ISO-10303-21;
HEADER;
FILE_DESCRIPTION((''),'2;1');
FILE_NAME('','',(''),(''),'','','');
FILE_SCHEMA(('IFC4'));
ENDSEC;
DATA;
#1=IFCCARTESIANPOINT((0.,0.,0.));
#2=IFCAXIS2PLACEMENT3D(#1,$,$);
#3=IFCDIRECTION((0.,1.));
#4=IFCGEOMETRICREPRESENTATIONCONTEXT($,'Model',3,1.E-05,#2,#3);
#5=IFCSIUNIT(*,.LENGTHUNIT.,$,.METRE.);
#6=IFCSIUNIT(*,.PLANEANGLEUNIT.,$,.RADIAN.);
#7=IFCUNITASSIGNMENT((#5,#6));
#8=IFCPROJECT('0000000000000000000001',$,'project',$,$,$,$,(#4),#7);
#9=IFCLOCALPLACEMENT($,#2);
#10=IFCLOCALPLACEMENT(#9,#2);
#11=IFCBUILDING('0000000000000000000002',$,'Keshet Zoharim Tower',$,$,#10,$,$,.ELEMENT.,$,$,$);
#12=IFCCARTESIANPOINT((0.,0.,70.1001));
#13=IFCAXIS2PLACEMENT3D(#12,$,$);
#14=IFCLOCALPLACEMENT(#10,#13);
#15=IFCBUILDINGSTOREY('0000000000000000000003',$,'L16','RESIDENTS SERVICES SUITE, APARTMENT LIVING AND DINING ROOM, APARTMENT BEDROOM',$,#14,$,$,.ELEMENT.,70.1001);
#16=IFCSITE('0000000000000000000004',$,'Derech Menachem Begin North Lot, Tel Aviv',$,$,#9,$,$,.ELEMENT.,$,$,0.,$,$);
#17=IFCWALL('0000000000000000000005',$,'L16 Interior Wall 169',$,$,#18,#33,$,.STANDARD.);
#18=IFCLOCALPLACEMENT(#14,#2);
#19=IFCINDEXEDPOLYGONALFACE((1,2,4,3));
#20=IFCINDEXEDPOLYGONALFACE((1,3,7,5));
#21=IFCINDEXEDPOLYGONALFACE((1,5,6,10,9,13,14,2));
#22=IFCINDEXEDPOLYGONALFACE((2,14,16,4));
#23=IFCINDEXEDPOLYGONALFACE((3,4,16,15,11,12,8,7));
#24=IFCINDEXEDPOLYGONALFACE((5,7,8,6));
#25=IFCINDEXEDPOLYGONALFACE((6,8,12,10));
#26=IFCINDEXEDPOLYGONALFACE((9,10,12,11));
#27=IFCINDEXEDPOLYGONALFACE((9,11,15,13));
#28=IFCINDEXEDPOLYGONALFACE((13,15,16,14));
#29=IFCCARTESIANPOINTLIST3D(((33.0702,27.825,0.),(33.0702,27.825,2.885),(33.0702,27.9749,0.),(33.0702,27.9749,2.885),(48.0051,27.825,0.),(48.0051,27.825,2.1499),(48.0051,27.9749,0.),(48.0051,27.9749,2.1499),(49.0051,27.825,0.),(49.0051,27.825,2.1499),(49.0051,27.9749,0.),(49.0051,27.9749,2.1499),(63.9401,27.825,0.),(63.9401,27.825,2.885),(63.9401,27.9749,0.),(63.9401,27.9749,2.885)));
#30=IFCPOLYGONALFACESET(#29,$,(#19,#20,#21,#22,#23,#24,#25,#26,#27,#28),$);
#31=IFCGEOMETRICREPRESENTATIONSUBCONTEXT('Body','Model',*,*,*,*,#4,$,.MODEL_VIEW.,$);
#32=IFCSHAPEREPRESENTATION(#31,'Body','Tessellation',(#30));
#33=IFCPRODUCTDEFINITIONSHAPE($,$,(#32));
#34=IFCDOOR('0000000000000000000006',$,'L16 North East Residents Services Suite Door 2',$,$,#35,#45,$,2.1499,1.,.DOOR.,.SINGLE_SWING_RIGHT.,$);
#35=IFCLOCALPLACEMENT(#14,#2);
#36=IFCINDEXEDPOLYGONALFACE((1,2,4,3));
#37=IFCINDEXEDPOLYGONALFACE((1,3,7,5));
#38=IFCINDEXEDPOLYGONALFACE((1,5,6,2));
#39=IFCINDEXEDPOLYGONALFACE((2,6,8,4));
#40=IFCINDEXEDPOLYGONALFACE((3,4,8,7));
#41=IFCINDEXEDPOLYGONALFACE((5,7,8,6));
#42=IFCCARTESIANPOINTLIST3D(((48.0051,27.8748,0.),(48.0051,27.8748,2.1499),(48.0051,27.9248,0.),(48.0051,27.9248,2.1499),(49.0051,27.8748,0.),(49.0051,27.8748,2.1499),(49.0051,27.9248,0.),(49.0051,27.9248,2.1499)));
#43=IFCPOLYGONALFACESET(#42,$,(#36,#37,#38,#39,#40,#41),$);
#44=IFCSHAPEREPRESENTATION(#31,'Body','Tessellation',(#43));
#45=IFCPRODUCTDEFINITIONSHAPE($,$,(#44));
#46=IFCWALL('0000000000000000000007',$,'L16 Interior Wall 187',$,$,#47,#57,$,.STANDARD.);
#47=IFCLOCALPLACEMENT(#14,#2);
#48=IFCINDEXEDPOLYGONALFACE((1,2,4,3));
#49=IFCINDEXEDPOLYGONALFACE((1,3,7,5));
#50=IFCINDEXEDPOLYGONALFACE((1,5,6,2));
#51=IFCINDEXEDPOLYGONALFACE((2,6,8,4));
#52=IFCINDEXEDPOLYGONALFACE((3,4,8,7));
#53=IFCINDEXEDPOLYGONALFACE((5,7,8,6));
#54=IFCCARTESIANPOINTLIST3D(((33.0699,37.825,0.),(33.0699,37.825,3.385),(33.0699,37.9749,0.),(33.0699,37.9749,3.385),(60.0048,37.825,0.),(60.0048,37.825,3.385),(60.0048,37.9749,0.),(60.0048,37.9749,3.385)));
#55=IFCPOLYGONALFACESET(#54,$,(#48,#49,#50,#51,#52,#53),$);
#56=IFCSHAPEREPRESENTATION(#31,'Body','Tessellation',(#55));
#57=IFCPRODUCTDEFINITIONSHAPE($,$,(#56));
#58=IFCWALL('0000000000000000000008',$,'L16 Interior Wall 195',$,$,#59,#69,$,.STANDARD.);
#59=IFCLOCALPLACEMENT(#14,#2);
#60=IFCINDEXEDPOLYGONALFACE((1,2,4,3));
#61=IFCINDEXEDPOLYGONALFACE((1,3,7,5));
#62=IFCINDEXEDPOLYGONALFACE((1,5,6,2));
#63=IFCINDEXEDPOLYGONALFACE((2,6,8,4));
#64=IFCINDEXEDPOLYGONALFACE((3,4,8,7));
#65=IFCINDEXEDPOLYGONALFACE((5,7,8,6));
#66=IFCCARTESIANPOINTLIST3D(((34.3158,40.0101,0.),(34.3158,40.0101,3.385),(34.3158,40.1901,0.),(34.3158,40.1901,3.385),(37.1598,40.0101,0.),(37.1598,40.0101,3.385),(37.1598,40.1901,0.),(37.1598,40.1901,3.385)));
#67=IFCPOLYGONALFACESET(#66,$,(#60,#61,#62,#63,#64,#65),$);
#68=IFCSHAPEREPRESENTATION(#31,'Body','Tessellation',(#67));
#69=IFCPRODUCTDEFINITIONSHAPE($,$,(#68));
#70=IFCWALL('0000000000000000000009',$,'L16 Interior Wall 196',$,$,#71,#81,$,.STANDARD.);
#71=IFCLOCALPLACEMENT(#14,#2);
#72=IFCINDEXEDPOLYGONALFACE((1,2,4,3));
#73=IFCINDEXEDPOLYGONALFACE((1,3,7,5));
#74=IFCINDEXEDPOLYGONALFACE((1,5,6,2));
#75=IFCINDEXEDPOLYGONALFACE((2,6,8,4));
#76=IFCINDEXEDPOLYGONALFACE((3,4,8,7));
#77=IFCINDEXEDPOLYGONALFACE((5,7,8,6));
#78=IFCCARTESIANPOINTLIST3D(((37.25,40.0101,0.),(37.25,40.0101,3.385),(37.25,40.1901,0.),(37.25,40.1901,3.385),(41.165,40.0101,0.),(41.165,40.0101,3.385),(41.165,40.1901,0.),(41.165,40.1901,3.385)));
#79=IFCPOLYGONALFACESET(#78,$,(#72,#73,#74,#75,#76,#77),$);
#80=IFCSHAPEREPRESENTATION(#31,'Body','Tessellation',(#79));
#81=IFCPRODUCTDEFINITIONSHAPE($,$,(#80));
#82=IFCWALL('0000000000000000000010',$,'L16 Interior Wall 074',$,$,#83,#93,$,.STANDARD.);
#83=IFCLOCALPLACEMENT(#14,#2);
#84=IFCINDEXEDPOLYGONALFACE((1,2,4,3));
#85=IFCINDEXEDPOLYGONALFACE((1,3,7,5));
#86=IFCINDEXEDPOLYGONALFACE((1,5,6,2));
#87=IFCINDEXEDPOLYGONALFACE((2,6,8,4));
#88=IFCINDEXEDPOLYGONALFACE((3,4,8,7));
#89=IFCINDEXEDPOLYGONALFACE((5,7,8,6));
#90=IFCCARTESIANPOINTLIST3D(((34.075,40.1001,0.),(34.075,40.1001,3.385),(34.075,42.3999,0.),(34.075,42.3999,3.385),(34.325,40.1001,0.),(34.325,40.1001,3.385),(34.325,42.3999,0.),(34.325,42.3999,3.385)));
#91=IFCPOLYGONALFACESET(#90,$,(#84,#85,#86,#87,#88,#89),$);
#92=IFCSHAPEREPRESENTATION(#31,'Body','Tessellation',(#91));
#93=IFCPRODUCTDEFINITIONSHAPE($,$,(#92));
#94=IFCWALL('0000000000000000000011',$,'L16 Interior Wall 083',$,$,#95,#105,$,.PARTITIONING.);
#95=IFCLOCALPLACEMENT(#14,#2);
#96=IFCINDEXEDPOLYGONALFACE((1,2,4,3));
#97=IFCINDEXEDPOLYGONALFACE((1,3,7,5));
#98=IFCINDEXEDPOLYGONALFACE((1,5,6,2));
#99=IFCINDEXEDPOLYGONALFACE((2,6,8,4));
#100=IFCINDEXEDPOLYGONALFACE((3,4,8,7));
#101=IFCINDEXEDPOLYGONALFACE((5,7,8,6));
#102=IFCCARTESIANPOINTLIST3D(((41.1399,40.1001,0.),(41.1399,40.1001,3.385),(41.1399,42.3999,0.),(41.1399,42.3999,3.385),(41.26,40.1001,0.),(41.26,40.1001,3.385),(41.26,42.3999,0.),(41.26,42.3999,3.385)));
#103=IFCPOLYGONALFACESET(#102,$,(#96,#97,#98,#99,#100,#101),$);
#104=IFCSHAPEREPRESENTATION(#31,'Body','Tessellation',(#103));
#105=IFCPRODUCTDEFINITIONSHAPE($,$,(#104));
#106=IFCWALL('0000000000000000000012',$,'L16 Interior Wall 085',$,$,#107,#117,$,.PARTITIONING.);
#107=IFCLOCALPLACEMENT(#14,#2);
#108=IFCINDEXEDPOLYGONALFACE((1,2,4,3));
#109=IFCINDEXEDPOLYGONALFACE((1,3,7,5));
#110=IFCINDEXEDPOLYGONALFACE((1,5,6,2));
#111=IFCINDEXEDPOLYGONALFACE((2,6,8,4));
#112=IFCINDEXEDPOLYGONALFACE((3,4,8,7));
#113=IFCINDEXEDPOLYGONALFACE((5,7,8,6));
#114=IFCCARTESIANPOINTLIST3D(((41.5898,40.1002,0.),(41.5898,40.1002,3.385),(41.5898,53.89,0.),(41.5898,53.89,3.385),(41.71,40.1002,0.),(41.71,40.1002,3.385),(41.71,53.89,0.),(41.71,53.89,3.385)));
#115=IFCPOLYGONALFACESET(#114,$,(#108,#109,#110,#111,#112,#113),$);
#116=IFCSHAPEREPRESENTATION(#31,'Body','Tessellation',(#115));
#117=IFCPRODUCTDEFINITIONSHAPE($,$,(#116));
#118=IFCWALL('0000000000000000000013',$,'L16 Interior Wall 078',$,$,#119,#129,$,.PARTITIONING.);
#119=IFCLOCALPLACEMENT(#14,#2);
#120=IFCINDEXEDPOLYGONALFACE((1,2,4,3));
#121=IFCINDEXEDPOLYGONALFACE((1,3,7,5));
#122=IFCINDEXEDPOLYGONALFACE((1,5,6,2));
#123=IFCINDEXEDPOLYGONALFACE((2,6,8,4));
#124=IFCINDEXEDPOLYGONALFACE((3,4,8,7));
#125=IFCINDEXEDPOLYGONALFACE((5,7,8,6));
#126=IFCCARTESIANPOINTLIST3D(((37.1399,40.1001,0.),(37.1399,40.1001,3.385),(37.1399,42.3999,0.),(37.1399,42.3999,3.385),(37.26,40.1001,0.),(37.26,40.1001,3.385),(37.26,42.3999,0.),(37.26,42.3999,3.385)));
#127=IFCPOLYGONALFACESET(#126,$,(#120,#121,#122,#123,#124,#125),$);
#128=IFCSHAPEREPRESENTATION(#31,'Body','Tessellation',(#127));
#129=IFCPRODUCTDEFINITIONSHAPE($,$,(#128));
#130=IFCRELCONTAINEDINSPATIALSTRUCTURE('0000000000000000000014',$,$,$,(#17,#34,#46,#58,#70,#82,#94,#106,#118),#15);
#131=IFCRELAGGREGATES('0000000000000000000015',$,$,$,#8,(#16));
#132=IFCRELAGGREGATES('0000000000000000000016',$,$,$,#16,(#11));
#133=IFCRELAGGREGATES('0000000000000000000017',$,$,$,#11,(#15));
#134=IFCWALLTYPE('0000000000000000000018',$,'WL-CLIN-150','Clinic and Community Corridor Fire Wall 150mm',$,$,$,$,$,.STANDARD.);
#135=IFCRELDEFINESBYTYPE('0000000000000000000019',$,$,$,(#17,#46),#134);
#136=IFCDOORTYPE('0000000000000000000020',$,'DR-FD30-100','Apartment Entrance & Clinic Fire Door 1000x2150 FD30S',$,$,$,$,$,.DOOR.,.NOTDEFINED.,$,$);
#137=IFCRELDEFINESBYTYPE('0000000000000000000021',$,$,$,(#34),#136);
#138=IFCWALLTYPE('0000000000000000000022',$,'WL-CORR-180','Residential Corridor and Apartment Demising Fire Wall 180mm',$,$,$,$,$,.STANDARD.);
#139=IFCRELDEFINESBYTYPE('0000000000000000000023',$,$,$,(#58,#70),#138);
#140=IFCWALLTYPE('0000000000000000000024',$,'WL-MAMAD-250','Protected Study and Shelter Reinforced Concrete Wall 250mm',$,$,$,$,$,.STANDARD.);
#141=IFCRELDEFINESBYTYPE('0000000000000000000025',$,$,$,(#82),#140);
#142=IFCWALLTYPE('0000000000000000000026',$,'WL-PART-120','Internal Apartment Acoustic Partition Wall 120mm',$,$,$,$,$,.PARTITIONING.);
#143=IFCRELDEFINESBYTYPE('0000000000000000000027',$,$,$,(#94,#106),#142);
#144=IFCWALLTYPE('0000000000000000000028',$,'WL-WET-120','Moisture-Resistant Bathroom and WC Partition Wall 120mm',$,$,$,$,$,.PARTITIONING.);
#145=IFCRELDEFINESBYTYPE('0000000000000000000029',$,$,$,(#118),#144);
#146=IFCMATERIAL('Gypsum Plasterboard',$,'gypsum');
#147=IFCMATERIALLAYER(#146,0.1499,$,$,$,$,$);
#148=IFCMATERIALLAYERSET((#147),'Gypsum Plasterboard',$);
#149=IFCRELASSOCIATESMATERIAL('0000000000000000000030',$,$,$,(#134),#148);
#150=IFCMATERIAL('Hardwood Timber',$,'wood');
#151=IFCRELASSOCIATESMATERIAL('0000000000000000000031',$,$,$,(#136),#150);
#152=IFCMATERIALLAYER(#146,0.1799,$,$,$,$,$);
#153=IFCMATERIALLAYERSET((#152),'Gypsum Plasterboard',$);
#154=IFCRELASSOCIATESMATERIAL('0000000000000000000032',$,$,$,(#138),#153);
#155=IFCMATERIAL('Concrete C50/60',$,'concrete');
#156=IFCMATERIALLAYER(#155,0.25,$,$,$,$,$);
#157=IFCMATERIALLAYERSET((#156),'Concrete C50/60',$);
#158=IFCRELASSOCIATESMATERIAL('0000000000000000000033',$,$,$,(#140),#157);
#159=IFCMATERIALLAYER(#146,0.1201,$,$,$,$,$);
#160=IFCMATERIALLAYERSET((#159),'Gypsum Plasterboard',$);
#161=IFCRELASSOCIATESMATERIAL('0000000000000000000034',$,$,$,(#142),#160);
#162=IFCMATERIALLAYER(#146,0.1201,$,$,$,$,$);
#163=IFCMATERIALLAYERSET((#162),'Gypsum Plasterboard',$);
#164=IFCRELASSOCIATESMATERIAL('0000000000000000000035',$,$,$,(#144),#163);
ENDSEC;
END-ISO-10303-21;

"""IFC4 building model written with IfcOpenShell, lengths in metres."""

from ifc_helpers import new_model, si_unit, direction, frame, frame_2d, origin, place, context, subcontext, project, spatial, rectangle, extrude, material, layer, layer_set, type_object, element, fill, save


model = new_model("IFC4")

# Units and contexts
model_context = context("Model", 3, precision=1e-05, world=origin(), true_north=direction((0.0, 1.0)))
body_context = subcontext(model_context, "Body", "Model", "MODEL_VIEW")
ifc_project = project(units=[si_unit("LENGTHUNIT", "METRE"), si_unit("PLANEANGLEUNIT", "RADIAN")], contexts=[model_context])

# Site, building, storey
site_placement = place(None, origin())
site = spatial("IfcSite", under=ifc_project, at=site_placement, Name="Derech Menachem Begin North Lot, Tel Aviv", CompositionType="ELEMENT", RefElevation=0.0)
building_placement = place(site_placement, origin())
building = spatial("IfcBuilding", under=site, at=building_placement, Name="Keshet Zoharim Tower", CompositionType="ELEMENT")
storey_placement = place(building_placement, frame((0.0, 0.0, 70.1001)))
storey = spatial("IfcBuildingStorey", under=building, at=storey_placement, Name="L16", Description="RESIDENTS SERVICES SUITE, APARTMENT LIVING AND DINING ROOM, APARTMENT BEDROOM", CompositionType="ELEMENT", Elevation=70.1001)

# Shared definitions
ifc_material_1 = material(Name="Gypsum Plasterboard", Category="gypsum")
ifc_layer_1 = layer(ifc_material_1, 0.1499)
ifc_layer_set_1 = layer_set([ifc_layer_1], Name="Gypsum Plasterboard")
wall_type_1 = type_object("IfcWallType", Name="WL-CLIN-150", Description="Clinic and Community Corridor Fire Wall 150mm", PredefinedType="STANDARD", material=ifc_layer_set_1)

# Shared definitions
ifc_material_2 = material(Name="Hardwood Timber", Category="wood")
door_type = type_object("IfcDoorType", Name="DR-FD30-100", Description="Apartment Entrance & Clinic Fire Door 1000x2150 FD30S", OperationType="NOTDEFINED", PredefinedType="DOOR", material=ifc_material_2)

# Wall, opening, door
wall_1_placement = place(storey_placement, frame((33.0701, 27.8999, 0.0), z_axis=(0.0, 0.0, 1.0), x_axis=(1.0, 0.0, 0.0)))
wall_1 = element("IfcWall", 1, at=wall_1_placement, inside=storey, type_object=wall_type_1, Name="L16 Interior Wall 169", PredefinedType="STANDARD", context=body_context, shape_type="SweptSolid", body=[
    extrude(rectangle(XDim=30.8699, YDim=0.1499, at=frame_2d((15.4351, 0.0))), origin(), (0.0, 0.0, 1.0), 2.885),
])
opening_1_placement = place(wall_1_placement, frame((14.9351, 0.0, 0.0)))
opening_1 = element("IfcOpeningElement", 2, at=opening_1_placement, cuts=wall_1, PredefinedType="OPENING", context=body_context, shape_type="SweptSolid", body=[
    extrude(rectangle(XDim=1.0, YDim=2.1499, at=frame_2d((0.5, 1.075))), frame((0.0, 0.085, 0.0), z_axis=(0.0, -1.0, 0.0), x_axis=(1.0, 0.0, 0.0)), (0.0, 0.0, 1.0), 0.1699),
])
door_1_placement = place(opening_1_placement, origin())
door_1 = element("IfcDoor", 3, at=door_1_placement, inside=storey, type_object=door_type, Name="L16 North East Residents Services Suite Door 2", OperationType="SINGLE_SWING_RIGHT", OverallHeight=2.1499, OverallWidth=1.0, PredefinedType="DOOR", context=body_context, shape_type="SweptSolid", body=[
    extrude(rectangle(XDim=1.0, YDim=2.1499, at=frame_2d((0.5, 1.075))), frame((0.0, 0.0249, 0.0), z_axis=(0.0, -1.0, 0.0), x_axis=(1.0, 0.0, 0.0)), (0.0, 0.0, 1.0), 0.05),
])
fill(opening_1, door_1)

# Walls
wall_2_placement = place(storey_placement, frame((33.0701, 37.8999, 0.0), z_axis=(0.0, 0.0, 1.0), x_axis=(1.0, 0.0, 0.0)))
element("IfcWall", 4, at=wall_2_placement, inside=storey, type_object=wall_type_1, Name="L16 Interior Wall 187", PredefinedType="STANDARD", context=body_context, shape_type="SweptSolid", body=[
    extrude(rectangle(XDim=26.9348, YDim=0.1499, at=frame_2d((13.4673, 0.0))), origin(), (0.0, 0.0, 1.0), 3.385),
])
ifc_layer_2 = layer(ifc_material_1, 0.1799)
ifc_layer_set_2 = layer_set([ifc_layer_2], Name="Gypsum Plasterboard")
wall_type_2 = type_object("IfcWallType", Name="WL-CORR-180", Description="Residential Corridor and Apartment Demising Fire Wall 180mm", PredefinedType="STANDARD", material=ifc_layer_set_2)
wall_3_placement = place(storey_placement, frame((34.3159, 40.1001, 0.0), z_axis=(0.0, 0.0, 1.0), x_axis=(1.0, 0.0, 0.0)))
element("IfcWall", 5, at=wall_3_placement, inside=storey, type_object=wall_type_2, Name="L16 Interior Wall 195", PredefinedType="STANDARD", context=body_context, shape_type="SweptSolid", body=[
    extrude(rectangle(XDim=2.844, YDim=0.1799, at=frame_2d((1.4219, 0.0))), origin(), (0.0, 0.0, 1.0), 3.385),
])
wall_4_placement = place(storey_placement, frame((37.25, 40.1001, 0.0), z_axis=(0.0, 0.0, 1.0), x_axis=(1.0, 0.0, 0.0)))
element("IfcWall", 6, at=wall_4_placement, inside=storey, type_object=wall_type_2, Name="L16 Interior Wall 196", PredefinedType="STANDARD", context=body_context, shape_type="SweptSolid", body=[
    extrude(rectangle(XDim=3.915, YDim=0.1799, at=frame_2d((1.9575, 0.0))), origin(), (0.0, 0.0, 1.0), 3.385),
])

# Walls
ifc_material_3 = material(Name="Concrete C50/60", Category="concrete")
ifc_layer_3 = layer(ifc_material_3, 0.25)
ifc_layer_set_3 = layer_set([ifc_layer_3], Name="Concrete C50/60")
wall_type_3 = type_object("IfcWallType", Name="WL-MAMAD-250", Description="Protected Study and Shelter Reinforced Concrete Wall 250mm", PredefinedType="STANDARD", material=ifc_layer_set_3)
wall_5_placement = place(storey_placement, frame((34.2, 40.1001, 0.0), z_axis=(0.0, 0.0, 1.0), x_axis=(0.0, 1.0, 0.0)))
element("IfcWall", 7, at=wall_5_placement, inside=storey, type_object=wall_type_3, Name="L16 Interior Wall 074", PredefinedType="STANDARD", context=body_context, shape_type="SweptSolid", body=[
    extrude(rectangle(XDim=2.2998, YDim=0.25, at=frame_2d((1.1499, 0.0))), origin(), (0.0, 0.0, 1.0), 3.385),
])
ifc_layer_4 = layer(ifc_material_1, 0.1201)
ifc_layer_set_4 = layer_set([ifc_layer_4], Name="Gypsum Plasterboard")
wall_type_4 = type_object("IfcWallType", Name="WL-PART-120", Description="Internal Apartment Acoustic Partition Wall 120mm", PredefinedType="PARTITIONING", material=ifc_layer_set_4)
wall_6_placement = place(storey_placement, frame((41.2, 40.1001, 0.0), z_axis=(0.0, 0.0, 1.0), x_axis=(0.0, 1.0, 0.0)))
element("IfcWall", 8, at=wall_6_placement, inside=storey, type_object=wall_type_4, Name="L16 Interior Wall 083", PredefinedType="PARTITIONING", context=body_context, shape_type="SweptSolid", body=[
    extrude(rectangle(XDim=2.2998, YDim=0.1201, at=frame_2d((1.1499, 0.0))), origin(), (0.0, 0.0, 1.0), 3.385),
])
wall_7_placement = place(storey_placement, frame((41.6499, 40.1001, 0.0), z_axis=(0.0, 0.0, 1.0), x_axis=(0.0, 1.0, 0.0)))
element("IfcWall", 9, at=wall_7_placement, inside=storey, type_object=wall_type_4, Name="L16 Interior Wall 085", PredefinedType="PARTITIONING", context=body_context, shape_type="SweptSolid", body=[
    extrude(rectangle(XDim=13.7898, YDim=0.1201, at=frame_2d((6.895, 0.0))), origin(), (0.0, 0.0, 1.0), 3.385),
])
ifc_layer_5 = layer(ifc_material_1, 0.1201)
ifc_layer_set_5 = layer_set([ifc_layer_5], Name="Gypsum Plasterboard")
wall_type_5 = type_object("IfcWallType", Name="WL-WET-120", Description="Moisture-Resistant Bathroom and WC Partition Wall 120mm", PredefinedType="PARTITIONING", material=ifc_layer_set_5)
wall_8_placement = place(storey_placement, frame((37.2, 40.1001, 0.0), z_axis=(0.0, 0.0, 1.0), x_axis=(0.0, 1.0, 0.0)))
element("IfcWall", 10, at=wall_8_placement, inside=storey, type_object=wall_type_5, Name="L16 Interior Wall 078", PredefinedType="PARTITIONING", context=body_context, shape_type="SweptSolid", body=[
    extrude(rectangle(XDim=2.2998, YDim=0.1201, at=frame_2d((1.1499, 0.0))), origin(), (0.0, 0.0, 1.0), 3.385),
])

save(model, "model.ifc")
